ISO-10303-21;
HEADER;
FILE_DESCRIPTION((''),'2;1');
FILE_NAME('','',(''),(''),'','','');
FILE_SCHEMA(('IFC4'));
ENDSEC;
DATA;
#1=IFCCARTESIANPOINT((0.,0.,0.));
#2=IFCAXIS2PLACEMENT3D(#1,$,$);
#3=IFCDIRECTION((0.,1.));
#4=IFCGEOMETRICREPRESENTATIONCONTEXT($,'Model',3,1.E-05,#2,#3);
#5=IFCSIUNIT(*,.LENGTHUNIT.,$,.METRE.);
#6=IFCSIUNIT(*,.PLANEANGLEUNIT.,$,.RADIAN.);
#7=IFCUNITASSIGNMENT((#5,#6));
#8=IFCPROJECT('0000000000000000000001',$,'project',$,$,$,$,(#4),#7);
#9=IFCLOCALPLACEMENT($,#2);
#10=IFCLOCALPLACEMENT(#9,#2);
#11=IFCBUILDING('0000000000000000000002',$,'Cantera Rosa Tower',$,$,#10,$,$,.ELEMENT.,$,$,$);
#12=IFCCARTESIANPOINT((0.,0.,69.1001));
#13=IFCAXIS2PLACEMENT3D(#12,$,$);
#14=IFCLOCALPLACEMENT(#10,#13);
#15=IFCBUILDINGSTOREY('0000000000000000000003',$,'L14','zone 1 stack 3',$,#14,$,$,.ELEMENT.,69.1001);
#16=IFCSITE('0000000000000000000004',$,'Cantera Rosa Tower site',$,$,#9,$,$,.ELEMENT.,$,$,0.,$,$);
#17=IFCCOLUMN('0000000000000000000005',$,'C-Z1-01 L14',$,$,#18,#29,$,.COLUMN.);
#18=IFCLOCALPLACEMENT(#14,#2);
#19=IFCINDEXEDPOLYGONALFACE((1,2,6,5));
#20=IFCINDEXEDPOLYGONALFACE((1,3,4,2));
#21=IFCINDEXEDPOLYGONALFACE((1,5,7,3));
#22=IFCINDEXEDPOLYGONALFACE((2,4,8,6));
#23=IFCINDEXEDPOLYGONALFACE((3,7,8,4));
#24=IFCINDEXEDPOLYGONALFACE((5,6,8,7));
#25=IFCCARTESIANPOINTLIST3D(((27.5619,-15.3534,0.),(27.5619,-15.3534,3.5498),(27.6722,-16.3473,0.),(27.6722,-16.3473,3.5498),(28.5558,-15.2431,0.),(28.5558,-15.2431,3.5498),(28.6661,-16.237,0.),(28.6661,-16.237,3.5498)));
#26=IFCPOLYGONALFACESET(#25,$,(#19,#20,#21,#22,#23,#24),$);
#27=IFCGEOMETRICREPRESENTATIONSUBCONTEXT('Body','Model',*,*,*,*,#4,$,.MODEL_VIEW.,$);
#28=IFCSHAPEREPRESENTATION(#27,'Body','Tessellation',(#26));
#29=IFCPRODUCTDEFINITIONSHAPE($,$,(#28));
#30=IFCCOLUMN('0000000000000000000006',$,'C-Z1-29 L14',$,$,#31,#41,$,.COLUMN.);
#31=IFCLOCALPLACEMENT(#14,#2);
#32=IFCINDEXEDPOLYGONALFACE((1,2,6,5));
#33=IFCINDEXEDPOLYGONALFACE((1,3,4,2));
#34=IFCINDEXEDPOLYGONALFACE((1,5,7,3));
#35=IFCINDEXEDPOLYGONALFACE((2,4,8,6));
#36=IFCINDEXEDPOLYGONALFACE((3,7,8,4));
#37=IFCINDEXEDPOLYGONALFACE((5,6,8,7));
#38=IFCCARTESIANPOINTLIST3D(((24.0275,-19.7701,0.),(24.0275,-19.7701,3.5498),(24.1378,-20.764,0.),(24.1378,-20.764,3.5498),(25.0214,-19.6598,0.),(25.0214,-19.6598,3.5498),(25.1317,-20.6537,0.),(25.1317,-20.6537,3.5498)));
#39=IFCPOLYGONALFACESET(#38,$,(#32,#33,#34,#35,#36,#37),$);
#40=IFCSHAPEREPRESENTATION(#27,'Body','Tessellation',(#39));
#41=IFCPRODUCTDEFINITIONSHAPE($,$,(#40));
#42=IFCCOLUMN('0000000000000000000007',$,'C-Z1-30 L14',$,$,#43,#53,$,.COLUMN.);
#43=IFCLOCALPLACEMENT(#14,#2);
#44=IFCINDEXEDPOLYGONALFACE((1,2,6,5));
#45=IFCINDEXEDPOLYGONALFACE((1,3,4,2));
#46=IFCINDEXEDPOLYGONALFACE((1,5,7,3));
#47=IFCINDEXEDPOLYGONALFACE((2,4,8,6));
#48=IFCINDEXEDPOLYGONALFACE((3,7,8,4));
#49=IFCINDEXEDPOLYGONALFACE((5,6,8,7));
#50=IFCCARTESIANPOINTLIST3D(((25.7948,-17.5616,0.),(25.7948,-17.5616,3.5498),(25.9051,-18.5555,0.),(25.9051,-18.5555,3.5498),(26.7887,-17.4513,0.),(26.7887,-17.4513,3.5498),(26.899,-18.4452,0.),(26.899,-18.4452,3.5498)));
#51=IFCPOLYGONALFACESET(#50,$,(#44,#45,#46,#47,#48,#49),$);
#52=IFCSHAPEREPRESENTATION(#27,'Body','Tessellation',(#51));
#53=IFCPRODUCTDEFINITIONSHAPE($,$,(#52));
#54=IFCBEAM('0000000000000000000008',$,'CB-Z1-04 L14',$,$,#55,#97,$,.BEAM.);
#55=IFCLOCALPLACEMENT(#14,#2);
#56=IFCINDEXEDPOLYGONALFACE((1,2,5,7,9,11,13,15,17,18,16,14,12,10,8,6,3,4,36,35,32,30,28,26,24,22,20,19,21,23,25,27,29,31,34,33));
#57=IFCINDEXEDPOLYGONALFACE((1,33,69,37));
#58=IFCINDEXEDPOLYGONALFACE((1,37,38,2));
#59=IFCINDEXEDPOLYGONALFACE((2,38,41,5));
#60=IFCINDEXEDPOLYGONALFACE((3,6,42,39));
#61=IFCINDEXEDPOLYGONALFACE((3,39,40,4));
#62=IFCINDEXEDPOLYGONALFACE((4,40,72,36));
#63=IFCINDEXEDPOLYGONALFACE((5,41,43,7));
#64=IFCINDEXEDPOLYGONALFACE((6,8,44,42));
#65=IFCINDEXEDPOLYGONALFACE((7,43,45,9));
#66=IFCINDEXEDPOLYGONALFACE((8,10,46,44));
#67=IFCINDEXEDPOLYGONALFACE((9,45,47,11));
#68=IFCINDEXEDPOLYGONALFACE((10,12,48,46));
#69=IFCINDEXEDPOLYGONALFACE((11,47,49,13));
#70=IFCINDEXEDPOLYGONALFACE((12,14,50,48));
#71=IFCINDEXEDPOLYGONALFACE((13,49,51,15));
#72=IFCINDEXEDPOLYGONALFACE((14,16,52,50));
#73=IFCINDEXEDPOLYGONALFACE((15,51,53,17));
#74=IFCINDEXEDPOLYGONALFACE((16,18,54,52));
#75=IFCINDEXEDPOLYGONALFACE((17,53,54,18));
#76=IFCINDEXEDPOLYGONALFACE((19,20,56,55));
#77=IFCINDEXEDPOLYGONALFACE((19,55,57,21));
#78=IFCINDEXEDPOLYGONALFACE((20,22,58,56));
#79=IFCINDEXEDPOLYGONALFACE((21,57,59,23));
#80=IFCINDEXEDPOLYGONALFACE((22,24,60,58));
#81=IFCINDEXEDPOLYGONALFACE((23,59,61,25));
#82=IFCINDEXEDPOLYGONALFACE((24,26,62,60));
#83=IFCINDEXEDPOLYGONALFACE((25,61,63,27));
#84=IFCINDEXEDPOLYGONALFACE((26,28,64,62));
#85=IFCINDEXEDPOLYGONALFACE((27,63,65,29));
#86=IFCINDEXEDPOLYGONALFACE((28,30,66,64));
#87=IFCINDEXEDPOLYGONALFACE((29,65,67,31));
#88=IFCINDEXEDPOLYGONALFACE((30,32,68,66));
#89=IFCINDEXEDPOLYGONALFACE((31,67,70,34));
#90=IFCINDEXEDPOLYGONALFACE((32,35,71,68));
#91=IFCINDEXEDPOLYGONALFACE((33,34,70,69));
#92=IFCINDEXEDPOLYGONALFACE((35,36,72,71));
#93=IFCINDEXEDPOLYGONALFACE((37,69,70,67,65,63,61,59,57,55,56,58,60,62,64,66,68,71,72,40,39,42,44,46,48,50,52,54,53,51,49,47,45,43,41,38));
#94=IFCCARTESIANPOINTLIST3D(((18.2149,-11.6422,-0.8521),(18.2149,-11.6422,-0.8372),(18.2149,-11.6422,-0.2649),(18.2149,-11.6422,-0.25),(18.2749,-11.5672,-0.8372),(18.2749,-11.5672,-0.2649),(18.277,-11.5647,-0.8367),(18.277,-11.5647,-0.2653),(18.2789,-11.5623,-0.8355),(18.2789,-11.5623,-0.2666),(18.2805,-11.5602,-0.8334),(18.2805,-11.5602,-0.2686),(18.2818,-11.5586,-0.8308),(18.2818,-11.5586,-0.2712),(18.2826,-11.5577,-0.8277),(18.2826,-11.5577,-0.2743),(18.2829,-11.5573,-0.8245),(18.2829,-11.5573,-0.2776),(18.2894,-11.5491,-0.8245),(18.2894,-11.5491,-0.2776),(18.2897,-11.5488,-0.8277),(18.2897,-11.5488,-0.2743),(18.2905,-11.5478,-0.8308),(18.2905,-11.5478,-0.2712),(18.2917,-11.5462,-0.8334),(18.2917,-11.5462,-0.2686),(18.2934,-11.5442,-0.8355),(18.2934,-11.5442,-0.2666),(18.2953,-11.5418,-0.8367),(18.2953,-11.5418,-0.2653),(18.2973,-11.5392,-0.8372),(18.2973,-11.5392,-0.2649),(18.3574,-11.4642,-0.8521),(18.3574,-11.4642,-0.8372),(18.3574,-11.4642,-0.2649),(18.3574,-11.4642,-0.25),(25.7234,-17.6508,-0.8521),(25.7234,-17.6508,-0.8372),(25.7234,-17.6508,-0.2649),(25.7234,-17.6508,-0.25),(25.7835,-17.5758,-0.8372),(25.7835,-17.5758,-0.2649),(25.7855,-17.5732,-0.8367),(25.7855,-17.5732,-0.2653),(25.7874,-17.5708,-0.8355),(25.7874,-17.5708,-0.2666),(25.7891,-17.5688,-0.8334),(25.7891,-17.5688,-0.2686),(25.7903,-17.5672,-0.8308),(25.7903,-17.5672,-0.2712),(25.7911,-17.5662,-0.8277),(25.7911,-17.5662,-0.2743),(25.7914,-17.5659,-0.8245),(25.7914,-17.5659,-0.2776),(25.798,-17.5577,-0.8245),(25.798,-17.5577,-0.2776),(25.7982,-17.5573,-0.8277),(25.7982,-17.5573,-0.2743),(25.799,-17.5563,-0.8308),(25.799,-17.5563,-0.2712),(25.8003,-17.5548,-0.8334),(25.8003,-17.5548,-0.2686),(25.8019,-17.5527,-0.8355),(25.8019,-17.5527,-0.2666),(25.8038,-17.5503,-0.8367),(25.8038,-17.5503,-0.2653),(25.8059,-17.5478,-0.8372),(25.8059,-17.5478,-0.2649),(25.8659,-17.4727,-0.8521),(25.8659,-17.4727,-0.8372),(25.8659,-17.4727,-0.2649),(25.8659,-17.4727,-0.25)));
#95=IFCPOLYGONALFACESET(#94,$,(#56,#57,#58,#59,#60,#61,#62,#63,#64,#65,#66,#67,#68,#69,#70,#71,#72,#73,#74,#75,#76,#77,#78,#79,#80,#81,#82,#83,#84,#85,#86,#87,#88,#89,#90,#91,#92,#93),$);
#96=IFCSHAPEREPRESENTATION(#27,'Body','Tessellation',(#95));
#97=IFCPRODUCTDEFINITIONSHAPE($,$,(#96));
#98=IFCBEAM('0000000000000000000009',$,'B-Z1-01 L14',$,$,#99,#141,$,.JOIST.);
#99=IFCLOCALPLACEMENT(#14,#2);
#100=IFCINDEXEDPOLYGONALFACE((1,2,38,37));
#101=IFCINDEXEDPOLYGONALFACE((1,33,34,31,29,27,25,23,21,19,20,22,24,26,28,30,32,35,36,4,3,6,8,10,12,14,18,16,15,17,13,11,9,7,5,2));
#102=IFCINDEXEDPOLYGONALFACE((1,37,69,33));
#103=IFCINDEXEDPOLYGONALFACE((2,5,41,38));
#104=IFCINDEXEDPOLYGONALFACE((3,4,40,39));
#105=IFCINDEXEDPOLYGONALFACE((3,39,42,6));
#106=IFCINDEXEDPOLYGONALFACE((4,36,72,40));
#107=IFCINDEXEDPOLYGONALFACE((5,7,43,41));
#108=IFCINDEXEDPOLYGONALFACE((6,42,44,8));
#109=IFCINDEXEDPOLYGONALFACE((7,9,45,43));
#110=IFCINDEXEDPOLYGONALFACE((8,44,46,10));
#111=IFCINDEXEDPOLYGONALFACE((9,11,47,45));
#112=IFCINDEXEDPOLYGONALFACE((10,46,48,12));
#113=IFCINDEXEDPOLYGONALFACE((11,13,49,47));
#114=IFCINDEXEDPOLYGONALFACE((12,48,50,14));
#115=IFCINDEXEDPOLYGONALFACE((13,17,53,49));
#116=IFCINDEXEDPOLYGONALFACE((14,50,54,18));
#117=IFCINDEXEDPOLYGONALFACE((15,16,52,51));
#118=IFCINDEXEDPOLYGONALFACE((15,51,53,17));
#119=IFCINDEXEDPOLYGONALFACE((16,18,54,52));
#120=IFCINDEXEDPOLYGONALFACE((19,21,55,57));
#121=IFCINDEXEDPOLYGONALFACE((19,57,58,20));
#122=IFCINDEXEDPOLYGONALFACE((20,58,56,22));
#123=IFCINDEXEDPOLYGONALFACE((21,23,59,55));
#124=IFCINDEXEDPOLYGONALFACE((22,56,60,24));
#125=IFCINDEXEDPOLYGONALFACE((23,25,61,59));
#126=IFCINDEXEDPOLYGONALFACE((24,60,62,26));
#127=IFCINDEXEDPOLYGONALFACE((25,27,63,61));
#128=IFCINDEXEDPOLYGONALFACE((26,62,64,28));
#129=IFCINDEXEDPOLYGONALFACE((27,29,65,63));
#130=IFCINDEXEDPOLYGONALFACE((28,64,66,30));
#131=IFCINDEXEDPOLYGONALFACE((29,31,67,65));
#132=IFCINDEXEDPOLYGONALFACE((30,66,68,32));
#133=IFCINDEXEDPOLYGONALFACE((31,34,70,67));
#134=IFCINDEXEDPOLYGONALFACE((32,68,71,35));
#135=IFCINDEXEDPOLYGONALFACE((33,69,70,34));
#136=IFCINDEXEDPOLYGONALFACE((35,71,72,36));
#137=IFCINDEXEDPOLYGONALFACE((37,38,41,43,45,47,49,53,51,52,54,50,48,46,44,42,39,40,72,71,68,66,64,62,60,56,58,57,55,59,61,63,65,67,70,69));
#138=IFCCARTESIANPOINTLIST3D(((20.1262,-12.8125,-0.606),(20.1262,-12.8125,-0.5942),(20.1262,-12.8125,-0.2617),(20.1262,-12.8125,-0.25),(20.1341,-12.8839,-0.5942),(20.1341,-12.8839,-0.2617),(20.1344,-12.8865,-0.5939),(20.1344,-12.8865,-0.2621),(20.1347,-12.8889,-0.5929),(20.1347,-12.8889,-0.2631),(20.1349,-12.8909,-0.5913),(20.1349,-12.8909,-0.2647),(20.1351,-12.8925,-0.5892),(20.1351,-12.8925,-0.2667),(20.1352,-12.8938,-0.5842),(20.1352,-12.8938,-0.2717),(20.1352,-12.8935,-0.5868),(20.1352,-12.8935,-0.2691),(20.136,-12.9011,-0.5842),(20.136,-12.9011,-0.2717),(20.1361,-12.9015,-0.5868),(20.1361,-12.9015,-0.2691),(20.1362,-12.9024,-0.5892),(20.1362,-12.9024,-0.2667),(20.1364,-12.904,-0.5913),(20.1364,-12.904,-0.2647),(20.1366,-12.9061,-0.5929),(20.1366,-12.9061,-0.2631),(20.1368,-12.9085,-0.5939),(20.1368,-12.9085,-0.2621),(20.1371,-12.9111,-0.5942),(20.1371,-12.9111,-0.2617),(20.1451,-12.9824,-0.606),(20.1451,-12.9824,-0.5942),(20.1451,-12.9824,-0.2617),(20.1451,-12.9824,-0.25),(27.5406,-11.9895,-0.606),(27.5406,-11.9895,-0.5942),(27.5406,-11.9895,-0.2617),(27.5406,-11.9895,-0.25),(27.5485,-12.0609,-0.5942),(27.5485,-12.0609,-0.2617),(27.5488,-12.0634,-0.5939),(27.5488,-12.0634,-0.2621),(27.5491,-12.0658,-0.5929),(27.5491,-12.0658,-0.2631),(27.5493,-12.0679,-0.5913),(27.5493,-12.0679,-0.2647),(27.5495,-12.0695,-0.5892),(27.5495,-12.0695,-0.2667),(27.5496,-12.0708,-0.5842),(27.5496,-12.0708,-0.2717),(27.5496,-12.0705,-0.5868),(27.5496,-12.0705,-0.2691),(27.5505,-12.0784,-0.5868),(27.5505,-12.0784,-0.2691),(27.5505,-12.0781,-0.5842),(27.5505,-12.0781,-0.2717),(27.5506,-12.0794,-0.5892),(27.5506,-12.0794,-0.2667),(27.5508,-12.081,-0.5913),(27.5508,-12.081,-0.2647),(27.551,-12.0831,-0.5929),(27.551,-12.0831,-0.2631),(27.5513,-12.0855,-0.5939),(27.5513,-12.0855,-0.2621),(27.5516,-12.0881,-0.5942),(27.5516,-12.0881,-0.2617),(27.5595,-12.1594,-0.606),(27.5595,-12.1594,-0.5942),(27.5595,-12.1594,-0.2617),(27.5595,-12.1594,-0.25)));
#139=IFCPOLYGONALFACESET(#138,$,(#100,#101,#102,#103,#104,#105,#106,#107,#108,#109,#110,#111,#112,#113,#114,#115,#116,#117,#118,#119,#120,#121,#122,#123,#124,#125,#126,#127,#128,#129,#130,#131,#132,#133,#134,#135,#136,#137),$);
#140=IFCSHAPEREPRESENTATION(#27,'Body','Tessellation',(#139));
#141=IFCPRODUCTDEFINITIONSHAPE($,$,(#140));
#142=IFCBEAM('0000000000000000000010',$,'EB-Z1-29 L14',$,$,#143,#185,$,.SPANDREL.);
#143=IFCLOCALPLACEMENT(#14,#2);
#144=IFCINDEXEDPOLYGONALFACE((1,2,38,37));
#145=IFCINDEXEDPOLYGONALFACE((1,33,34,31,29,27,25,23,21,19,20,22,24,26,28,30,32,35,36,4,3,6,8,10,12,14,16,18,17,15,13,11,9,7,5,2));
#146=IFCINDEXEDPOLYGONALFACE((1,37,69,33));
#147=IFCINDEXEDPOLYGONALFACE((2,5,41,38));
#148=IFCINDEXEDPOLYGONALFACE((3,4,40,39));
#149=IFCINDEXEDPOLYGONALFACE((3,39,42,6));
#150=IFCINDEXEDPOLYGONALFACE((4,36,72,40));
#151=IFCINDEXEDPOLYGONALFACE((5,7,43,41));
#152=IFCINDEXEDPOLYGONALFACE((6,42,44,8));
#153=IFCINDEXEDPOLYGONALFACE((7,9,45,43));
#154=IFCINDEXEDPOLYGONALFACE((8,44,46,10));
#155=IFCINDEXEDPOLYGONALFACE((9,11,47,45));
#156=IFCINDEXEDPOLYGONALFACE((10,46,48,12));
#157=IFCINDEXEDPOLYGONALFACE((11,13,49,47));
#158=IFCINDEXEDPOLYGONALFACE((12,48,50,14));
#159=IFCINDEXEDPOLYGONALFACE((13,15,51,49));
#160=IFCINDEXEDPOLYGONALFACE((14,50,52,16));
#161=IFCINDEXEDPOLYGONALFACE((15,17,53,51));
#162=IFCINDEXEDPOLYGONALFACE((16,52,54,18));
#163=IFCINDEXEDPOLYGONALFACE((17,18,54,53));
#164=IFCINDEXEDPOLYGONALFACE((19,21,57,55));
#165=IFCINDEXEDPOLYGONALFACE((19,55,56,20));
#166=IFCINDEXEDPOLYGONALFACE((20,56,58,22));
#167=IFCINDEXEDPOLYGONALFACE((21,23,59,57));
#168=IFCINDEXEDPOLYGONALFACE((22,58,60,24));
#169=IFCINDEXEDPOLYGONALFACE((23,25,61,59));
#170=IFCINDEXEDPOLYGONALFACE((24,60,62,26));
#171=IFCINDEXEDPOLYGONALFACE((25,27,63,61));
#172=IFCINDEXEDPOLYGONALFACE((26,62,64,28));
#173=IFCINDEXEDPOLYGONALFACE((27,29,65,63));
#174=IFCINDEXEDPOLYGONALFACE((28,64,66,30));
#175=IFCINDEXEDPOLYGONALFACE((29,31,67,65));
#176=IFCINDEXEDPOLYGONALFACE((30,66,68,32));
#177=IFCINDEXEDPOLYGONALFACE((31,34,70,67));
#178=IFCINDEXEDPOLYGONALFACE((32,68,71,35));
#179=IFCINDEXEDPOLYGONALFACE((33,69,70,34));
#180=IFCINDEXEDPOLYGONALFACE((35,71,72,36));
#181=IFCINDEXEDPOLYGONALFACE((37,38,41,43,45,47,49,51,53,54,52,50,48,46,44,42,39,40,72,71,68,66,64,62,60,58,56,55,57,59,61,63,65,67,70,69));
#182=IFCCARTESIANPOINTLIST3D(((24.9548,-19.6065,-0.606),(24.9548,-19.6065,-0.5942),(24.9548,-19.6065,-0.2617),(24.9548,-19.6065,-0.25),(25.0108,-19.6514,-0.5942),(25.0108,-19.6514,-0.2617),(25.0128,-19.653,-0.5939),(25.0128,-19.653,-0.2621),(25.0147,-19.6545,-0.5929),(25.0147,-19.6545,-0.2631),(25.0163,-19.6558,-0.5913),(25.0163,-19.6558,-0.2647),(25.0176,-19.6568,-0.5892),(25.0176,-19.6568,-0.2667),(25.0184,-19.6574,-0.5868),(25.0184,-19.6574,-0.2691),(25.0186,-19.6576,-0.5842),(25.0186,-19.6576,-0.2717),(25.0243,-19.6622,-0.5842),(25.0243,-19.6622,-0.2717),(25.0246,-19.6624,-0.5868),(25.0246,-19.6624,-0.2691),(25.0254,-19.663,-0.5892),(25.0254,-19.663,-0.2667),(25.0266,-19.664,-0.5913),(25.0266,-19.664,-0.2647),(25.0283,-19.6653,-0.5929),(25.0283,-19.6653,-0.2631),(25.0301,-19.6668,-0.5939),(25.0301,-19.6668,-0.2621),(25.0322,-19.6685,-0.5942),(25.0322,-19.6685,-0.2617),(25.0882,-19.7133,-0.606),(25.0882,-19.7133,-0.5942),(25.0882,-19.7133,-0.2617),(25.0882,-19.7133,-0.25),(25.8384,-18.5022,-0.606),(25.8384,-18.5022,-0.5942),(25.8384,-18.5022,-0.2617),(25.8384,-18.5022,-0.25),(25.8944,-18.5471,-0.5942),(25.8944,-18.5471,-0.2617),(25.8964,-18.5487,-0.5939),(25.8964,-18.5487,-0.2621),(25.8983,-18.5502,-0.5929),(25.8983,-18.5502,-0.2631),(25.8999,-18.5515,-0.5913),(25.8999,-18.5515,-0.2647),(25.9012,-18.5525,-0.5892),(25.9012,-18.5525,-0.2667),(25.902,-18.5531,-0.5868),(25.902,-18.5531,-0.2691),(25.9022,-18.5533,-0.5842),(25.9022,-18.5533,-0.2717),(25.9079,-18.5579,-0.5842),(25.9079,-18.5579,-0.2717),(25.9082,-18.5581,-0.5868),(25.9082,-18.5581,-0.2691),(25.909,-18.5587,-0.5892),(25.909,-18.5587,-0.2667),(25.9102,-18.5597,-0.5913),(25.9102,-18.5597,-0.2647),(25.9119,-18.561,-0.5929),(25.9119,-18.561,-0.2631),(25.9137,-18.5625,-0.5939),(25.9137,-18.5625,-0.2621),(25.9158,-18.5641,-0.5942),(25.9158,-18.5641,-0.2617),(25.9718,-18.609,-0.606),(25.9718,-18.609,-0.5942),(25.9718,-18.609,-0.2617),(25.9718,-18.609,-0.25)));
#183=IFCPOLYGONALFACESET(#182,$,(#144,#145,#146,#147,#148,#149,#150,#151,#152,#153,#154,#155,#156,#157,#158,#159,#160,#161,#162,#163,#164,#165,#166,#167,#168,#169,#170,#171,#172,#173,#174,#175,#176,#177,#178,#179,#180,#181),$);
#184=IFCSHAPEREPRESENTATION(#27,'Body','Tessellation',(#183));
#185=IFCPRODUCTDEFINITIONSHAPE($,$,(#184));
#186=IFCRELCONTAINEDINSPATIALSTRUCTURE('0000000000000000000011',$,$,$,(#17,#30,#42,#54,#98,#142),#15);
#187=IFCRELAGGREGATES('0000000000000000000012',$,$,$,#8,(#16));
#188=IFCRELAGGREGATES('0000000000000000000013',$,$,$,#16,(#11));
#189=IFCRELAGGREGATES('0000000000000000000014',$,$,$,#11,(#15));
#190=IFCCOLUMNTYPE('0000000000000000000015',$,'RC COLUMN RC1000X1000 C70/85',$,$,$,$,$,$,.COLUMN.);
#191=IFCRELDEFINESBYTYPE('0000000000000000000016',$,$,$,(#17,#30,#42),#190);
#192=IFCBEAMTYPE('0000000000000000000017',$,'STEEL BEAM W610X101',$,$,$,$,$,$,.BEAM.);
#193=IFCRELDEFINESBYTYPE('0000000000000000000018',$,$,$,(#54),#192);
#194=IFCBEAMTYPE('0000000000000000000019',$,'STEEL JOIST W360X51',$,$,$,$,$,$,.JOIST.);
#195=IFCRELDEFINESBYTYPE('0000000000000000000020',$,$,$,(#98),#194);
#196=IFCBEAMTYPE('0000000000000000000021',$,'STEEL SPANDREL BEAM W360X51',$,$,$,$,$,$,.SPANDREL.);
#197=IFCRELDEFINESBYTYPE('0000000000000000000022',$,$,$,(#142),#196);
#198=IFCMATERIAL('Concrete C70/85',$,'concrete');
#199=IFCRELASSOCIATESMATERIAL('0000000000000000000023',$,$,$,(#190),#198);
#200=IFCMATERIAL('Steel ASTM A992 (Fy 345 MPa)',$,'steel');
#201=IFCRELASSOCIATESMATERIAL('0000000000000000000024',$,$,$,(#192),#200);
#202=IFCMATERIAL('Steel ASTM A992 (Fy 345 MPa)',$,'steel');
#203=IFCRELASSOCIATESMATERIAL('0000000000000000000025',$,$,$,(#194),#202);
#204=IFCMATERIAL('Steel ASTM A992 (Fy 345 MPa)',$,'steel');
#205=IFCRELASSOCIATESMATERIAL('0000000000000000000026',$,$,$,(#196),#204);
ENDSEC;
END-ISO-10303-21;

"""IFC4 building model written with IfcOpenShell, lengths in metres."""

from ifc_helpers import new_model, si_unit, direction, frame, origin, origin_2d, place, context, subcontext, project, spatial, rectangle, i_section, extrude, material, material_profile, profile_set, type_object, element, save


model = new_model("IFC4")

# Units and contexts
model_context = context("Model", 3, precision=1e-05, world=origin(), true_north=direction((0.0, 1.0)))
body_context = subcontext(model_context, "Body", "Model", "MODEL_VIEW")
ifc_project = project(units=[si_unit("LENGTHUNIT", "METRE"), si_unit("PLANEANGLEUNIT", "RADIAN")], contexts=[model_context])

# Site, building, storey
site_placement = place(None, origin())
site = spatial("IfcSite", under=ifc_project, at=site_placement, Name="Cantera Rosa Tower site", CompositionType="ELEMENT", RefElevation=0.0)
building_placement = place(site_placement, origin())
building = spatial("IfcBuilding", under=site, at=building_placement, Name="Cantera Rosa Tower", CompositionType="ELEMENT")
storey_placement = place(building_placement, frame((0.0, 0.0, 69.1001)))
storey = spatial("IfcBuildingStorey", under=building, at=storey_placement, Name="L14", Description="zone 1 stack 3", CompositionType="ELEMENT", Elevation=69.1001)

# Columns
ifc_material_1 = material(Name="Concrete C70/85", Category="concrete")
ifc_material_profile_1 = material_profile(ifc_material_1, rectangle(XDim=1.0, YDim=1.0, at=origin_2d()), Name="RC COLUMN RC1000X1000 C70/85")
ifc_profile_set_1 = profile_set([ifc_material_profile_1], Name="Concrete C70/85")
column_type = type_object("IfcColumnType", Name="RC COLUMN RC1000X1000 C70/85", PredefinedType="COLUMN", material=ifc_profile_set_1)
for number, where, z_axis, x_axis, name in (
    (1, (28.114, -15.7952, 0.0), (0.0, 0.0, 1.0), (0.993897, 0.110313, 0.0), "C-Z1-01 L14"),
    (2, (24.5796, -20.2119, 0.0), (0.0, 0.0, 1.0), (0.993897, 0.110313, 0.0), "C-Z1-29 L14"),
    (3, (26.3469, -18.0034, 0.0), (0.0, 0.0, 1.0), (0.993897, 0.110313, 0.0), "C-Z1-30 L14"),
):
    element("IfcColumn", number, at=place(storey_placement, frame(where, z_axis=z_axis, x_axis=x_axis)), inside=storey, type_object=column_type, Name=name, PredefinedType="COLUMN", context=body_context, shape_type="SweptSolid", body=[
        extrude(rectangle(XDim=1.0, YDim=1.0, at=origin_2d()), origin(), (0.0, 0.0, 1.0), 3.5498),
    ])

# Beams
ifc_material_2 = material(Name="Steel ASTM A992 (Fy 345 MPa)", Category="steel")
ifc_material_profile_2 = material_profile(ifc_material_2, i_section(OverallWidth=0.228, OverallDepth=0.6021, WebThickness=0.0105, FlangeThickness=0.0149, FilletRadius=0.0127, at=origin_2d()), Name="W610X101")
ifc_profile_set_2 = profile_set([ifc_material_profile_2], Name="Steel ASTM A992 (Fy 345 MPa)")
beam_type_1 = type_object("IfcBeamType", Name="STEEL BEAM W610X101", PredefinedType="BEAM", material=ifc_profile_set_2)
beam_1_placement = place(storey_placement, frame((25.7947, -17.5618, -0.551), z_axis=(-0.780782, 0.624803, 0.0), x_axis=(-0.624803, -0.780782, 0.0)))
element("IfcBeam", 4, at=beam_1_placement, inside=storey, type_object=beam_type_1, Name="CB-Z1-04 L14", PredefinedType="BEAM", context=body_context, shape_type="SweptSolid", body=[
    extrude(i_section(OverallWidth=0.228, OverallDepth=0.6021, WebThickness=0.0105, FlangeThickness=0.0149, FilletRadius=0.0127, at=origin_2d()), origin(), (0.0, 0.0, 1.0), 9.6167),
])
ifc_material_3 = material(Name="Steel ASTM A992 (Fy 345 MPa)", Category="steel")
ifc_material_profile_3 = material_profile(ifc_material_3, i_section(OverallWidth=0.1709, OverallDepth=0.356, WebThickness=0.0073, FlangeThickness=0.0117, FilletRadius=0.01, at=origin_2d()), Name="W360X51")
ifc_profile_set_3 = profile_set([ifc_material_profile_3], Name="Steel ASTM A992 (Fy 345 MPa)")
beam_type_2 = type_object("IfcBeamType", Name="STEEL JOIST W360X51", PredefinedType="JOIST", material=ifc_profile_set_3)
beam_2_placement = place(storey_placement, frame((27.55, -12.0745, -0.428), z_axis=(-0.993896, -0.110324, 0.0), x_axis=(0.110324, -0.993896, 0.0)))
element("IfcBeam", 5, at=beam_2_placement, inside=storey, type_object=beam_type_2, Name="B-Z1-01 L14", PredefinedType="JOIST", context=body_context, shape_type="SweptSolid", body=[
    extrude(i_section(OverallWidth=0.1709, OverallDepth=0.356, WebThickness=0.0073, FlangeThickness=0.0117, FilletRadius=0.01, at=origin_2d()), origin(), (0.0, 0.0, 1.0), 7.46),
])
ifc_material_4 = material(Name="Steel ASTM A992 (Fy 345 MPa)", Category="steel")
ifc_material_profile_4 = material_profile(ifc_material_4, i_section(OverallWidth=0.1709, OverallDepth=0.356, WebThickness=0.0073, FlangeThickness=0.0117, FilletRadius=0.01, at=origin_2d()), Name="W360X51")
ifc_profile_set_4 = profile_set([ifc_material_profile_4], Name="Steel ASTM A992 (Fy 345 MPa)")
beam_type_3 = type_object("IfcBeamType", Name="STEEL SPANDREL BEAM W360X51", PredefinedType="SPANDREL", material=ifc_profile_set_4)
for number, where, z_axis, x_axis, name in (
    (6, (25.0215, -19.6599, -0.428), (0.624758, 0.780818, 0.0), (-0.780818, 0.624758, 0.0), "EB-Z1-29 L14"),
):
    element("IfcBeam", number, at=place(storey_placement, frame(where, z_axis=z_axis, x_axis=x_axis)), inside=storey, type_object=beam_type_3, Name=name, PredefinedType="SPANDREL", context=body_context, shape_type="SweptSolid", body=[
        extrude(i_section(OverallWidth=0.1709, OverallDepth=0.356, WebThickness=0.0073, FlangeThickness=0.0117, FilletRadius=0.01, at=origin_2d()), origin(), (0.0, 0.0, 1.0), 1.4143),
    ])

save(model, "model.ifc")
